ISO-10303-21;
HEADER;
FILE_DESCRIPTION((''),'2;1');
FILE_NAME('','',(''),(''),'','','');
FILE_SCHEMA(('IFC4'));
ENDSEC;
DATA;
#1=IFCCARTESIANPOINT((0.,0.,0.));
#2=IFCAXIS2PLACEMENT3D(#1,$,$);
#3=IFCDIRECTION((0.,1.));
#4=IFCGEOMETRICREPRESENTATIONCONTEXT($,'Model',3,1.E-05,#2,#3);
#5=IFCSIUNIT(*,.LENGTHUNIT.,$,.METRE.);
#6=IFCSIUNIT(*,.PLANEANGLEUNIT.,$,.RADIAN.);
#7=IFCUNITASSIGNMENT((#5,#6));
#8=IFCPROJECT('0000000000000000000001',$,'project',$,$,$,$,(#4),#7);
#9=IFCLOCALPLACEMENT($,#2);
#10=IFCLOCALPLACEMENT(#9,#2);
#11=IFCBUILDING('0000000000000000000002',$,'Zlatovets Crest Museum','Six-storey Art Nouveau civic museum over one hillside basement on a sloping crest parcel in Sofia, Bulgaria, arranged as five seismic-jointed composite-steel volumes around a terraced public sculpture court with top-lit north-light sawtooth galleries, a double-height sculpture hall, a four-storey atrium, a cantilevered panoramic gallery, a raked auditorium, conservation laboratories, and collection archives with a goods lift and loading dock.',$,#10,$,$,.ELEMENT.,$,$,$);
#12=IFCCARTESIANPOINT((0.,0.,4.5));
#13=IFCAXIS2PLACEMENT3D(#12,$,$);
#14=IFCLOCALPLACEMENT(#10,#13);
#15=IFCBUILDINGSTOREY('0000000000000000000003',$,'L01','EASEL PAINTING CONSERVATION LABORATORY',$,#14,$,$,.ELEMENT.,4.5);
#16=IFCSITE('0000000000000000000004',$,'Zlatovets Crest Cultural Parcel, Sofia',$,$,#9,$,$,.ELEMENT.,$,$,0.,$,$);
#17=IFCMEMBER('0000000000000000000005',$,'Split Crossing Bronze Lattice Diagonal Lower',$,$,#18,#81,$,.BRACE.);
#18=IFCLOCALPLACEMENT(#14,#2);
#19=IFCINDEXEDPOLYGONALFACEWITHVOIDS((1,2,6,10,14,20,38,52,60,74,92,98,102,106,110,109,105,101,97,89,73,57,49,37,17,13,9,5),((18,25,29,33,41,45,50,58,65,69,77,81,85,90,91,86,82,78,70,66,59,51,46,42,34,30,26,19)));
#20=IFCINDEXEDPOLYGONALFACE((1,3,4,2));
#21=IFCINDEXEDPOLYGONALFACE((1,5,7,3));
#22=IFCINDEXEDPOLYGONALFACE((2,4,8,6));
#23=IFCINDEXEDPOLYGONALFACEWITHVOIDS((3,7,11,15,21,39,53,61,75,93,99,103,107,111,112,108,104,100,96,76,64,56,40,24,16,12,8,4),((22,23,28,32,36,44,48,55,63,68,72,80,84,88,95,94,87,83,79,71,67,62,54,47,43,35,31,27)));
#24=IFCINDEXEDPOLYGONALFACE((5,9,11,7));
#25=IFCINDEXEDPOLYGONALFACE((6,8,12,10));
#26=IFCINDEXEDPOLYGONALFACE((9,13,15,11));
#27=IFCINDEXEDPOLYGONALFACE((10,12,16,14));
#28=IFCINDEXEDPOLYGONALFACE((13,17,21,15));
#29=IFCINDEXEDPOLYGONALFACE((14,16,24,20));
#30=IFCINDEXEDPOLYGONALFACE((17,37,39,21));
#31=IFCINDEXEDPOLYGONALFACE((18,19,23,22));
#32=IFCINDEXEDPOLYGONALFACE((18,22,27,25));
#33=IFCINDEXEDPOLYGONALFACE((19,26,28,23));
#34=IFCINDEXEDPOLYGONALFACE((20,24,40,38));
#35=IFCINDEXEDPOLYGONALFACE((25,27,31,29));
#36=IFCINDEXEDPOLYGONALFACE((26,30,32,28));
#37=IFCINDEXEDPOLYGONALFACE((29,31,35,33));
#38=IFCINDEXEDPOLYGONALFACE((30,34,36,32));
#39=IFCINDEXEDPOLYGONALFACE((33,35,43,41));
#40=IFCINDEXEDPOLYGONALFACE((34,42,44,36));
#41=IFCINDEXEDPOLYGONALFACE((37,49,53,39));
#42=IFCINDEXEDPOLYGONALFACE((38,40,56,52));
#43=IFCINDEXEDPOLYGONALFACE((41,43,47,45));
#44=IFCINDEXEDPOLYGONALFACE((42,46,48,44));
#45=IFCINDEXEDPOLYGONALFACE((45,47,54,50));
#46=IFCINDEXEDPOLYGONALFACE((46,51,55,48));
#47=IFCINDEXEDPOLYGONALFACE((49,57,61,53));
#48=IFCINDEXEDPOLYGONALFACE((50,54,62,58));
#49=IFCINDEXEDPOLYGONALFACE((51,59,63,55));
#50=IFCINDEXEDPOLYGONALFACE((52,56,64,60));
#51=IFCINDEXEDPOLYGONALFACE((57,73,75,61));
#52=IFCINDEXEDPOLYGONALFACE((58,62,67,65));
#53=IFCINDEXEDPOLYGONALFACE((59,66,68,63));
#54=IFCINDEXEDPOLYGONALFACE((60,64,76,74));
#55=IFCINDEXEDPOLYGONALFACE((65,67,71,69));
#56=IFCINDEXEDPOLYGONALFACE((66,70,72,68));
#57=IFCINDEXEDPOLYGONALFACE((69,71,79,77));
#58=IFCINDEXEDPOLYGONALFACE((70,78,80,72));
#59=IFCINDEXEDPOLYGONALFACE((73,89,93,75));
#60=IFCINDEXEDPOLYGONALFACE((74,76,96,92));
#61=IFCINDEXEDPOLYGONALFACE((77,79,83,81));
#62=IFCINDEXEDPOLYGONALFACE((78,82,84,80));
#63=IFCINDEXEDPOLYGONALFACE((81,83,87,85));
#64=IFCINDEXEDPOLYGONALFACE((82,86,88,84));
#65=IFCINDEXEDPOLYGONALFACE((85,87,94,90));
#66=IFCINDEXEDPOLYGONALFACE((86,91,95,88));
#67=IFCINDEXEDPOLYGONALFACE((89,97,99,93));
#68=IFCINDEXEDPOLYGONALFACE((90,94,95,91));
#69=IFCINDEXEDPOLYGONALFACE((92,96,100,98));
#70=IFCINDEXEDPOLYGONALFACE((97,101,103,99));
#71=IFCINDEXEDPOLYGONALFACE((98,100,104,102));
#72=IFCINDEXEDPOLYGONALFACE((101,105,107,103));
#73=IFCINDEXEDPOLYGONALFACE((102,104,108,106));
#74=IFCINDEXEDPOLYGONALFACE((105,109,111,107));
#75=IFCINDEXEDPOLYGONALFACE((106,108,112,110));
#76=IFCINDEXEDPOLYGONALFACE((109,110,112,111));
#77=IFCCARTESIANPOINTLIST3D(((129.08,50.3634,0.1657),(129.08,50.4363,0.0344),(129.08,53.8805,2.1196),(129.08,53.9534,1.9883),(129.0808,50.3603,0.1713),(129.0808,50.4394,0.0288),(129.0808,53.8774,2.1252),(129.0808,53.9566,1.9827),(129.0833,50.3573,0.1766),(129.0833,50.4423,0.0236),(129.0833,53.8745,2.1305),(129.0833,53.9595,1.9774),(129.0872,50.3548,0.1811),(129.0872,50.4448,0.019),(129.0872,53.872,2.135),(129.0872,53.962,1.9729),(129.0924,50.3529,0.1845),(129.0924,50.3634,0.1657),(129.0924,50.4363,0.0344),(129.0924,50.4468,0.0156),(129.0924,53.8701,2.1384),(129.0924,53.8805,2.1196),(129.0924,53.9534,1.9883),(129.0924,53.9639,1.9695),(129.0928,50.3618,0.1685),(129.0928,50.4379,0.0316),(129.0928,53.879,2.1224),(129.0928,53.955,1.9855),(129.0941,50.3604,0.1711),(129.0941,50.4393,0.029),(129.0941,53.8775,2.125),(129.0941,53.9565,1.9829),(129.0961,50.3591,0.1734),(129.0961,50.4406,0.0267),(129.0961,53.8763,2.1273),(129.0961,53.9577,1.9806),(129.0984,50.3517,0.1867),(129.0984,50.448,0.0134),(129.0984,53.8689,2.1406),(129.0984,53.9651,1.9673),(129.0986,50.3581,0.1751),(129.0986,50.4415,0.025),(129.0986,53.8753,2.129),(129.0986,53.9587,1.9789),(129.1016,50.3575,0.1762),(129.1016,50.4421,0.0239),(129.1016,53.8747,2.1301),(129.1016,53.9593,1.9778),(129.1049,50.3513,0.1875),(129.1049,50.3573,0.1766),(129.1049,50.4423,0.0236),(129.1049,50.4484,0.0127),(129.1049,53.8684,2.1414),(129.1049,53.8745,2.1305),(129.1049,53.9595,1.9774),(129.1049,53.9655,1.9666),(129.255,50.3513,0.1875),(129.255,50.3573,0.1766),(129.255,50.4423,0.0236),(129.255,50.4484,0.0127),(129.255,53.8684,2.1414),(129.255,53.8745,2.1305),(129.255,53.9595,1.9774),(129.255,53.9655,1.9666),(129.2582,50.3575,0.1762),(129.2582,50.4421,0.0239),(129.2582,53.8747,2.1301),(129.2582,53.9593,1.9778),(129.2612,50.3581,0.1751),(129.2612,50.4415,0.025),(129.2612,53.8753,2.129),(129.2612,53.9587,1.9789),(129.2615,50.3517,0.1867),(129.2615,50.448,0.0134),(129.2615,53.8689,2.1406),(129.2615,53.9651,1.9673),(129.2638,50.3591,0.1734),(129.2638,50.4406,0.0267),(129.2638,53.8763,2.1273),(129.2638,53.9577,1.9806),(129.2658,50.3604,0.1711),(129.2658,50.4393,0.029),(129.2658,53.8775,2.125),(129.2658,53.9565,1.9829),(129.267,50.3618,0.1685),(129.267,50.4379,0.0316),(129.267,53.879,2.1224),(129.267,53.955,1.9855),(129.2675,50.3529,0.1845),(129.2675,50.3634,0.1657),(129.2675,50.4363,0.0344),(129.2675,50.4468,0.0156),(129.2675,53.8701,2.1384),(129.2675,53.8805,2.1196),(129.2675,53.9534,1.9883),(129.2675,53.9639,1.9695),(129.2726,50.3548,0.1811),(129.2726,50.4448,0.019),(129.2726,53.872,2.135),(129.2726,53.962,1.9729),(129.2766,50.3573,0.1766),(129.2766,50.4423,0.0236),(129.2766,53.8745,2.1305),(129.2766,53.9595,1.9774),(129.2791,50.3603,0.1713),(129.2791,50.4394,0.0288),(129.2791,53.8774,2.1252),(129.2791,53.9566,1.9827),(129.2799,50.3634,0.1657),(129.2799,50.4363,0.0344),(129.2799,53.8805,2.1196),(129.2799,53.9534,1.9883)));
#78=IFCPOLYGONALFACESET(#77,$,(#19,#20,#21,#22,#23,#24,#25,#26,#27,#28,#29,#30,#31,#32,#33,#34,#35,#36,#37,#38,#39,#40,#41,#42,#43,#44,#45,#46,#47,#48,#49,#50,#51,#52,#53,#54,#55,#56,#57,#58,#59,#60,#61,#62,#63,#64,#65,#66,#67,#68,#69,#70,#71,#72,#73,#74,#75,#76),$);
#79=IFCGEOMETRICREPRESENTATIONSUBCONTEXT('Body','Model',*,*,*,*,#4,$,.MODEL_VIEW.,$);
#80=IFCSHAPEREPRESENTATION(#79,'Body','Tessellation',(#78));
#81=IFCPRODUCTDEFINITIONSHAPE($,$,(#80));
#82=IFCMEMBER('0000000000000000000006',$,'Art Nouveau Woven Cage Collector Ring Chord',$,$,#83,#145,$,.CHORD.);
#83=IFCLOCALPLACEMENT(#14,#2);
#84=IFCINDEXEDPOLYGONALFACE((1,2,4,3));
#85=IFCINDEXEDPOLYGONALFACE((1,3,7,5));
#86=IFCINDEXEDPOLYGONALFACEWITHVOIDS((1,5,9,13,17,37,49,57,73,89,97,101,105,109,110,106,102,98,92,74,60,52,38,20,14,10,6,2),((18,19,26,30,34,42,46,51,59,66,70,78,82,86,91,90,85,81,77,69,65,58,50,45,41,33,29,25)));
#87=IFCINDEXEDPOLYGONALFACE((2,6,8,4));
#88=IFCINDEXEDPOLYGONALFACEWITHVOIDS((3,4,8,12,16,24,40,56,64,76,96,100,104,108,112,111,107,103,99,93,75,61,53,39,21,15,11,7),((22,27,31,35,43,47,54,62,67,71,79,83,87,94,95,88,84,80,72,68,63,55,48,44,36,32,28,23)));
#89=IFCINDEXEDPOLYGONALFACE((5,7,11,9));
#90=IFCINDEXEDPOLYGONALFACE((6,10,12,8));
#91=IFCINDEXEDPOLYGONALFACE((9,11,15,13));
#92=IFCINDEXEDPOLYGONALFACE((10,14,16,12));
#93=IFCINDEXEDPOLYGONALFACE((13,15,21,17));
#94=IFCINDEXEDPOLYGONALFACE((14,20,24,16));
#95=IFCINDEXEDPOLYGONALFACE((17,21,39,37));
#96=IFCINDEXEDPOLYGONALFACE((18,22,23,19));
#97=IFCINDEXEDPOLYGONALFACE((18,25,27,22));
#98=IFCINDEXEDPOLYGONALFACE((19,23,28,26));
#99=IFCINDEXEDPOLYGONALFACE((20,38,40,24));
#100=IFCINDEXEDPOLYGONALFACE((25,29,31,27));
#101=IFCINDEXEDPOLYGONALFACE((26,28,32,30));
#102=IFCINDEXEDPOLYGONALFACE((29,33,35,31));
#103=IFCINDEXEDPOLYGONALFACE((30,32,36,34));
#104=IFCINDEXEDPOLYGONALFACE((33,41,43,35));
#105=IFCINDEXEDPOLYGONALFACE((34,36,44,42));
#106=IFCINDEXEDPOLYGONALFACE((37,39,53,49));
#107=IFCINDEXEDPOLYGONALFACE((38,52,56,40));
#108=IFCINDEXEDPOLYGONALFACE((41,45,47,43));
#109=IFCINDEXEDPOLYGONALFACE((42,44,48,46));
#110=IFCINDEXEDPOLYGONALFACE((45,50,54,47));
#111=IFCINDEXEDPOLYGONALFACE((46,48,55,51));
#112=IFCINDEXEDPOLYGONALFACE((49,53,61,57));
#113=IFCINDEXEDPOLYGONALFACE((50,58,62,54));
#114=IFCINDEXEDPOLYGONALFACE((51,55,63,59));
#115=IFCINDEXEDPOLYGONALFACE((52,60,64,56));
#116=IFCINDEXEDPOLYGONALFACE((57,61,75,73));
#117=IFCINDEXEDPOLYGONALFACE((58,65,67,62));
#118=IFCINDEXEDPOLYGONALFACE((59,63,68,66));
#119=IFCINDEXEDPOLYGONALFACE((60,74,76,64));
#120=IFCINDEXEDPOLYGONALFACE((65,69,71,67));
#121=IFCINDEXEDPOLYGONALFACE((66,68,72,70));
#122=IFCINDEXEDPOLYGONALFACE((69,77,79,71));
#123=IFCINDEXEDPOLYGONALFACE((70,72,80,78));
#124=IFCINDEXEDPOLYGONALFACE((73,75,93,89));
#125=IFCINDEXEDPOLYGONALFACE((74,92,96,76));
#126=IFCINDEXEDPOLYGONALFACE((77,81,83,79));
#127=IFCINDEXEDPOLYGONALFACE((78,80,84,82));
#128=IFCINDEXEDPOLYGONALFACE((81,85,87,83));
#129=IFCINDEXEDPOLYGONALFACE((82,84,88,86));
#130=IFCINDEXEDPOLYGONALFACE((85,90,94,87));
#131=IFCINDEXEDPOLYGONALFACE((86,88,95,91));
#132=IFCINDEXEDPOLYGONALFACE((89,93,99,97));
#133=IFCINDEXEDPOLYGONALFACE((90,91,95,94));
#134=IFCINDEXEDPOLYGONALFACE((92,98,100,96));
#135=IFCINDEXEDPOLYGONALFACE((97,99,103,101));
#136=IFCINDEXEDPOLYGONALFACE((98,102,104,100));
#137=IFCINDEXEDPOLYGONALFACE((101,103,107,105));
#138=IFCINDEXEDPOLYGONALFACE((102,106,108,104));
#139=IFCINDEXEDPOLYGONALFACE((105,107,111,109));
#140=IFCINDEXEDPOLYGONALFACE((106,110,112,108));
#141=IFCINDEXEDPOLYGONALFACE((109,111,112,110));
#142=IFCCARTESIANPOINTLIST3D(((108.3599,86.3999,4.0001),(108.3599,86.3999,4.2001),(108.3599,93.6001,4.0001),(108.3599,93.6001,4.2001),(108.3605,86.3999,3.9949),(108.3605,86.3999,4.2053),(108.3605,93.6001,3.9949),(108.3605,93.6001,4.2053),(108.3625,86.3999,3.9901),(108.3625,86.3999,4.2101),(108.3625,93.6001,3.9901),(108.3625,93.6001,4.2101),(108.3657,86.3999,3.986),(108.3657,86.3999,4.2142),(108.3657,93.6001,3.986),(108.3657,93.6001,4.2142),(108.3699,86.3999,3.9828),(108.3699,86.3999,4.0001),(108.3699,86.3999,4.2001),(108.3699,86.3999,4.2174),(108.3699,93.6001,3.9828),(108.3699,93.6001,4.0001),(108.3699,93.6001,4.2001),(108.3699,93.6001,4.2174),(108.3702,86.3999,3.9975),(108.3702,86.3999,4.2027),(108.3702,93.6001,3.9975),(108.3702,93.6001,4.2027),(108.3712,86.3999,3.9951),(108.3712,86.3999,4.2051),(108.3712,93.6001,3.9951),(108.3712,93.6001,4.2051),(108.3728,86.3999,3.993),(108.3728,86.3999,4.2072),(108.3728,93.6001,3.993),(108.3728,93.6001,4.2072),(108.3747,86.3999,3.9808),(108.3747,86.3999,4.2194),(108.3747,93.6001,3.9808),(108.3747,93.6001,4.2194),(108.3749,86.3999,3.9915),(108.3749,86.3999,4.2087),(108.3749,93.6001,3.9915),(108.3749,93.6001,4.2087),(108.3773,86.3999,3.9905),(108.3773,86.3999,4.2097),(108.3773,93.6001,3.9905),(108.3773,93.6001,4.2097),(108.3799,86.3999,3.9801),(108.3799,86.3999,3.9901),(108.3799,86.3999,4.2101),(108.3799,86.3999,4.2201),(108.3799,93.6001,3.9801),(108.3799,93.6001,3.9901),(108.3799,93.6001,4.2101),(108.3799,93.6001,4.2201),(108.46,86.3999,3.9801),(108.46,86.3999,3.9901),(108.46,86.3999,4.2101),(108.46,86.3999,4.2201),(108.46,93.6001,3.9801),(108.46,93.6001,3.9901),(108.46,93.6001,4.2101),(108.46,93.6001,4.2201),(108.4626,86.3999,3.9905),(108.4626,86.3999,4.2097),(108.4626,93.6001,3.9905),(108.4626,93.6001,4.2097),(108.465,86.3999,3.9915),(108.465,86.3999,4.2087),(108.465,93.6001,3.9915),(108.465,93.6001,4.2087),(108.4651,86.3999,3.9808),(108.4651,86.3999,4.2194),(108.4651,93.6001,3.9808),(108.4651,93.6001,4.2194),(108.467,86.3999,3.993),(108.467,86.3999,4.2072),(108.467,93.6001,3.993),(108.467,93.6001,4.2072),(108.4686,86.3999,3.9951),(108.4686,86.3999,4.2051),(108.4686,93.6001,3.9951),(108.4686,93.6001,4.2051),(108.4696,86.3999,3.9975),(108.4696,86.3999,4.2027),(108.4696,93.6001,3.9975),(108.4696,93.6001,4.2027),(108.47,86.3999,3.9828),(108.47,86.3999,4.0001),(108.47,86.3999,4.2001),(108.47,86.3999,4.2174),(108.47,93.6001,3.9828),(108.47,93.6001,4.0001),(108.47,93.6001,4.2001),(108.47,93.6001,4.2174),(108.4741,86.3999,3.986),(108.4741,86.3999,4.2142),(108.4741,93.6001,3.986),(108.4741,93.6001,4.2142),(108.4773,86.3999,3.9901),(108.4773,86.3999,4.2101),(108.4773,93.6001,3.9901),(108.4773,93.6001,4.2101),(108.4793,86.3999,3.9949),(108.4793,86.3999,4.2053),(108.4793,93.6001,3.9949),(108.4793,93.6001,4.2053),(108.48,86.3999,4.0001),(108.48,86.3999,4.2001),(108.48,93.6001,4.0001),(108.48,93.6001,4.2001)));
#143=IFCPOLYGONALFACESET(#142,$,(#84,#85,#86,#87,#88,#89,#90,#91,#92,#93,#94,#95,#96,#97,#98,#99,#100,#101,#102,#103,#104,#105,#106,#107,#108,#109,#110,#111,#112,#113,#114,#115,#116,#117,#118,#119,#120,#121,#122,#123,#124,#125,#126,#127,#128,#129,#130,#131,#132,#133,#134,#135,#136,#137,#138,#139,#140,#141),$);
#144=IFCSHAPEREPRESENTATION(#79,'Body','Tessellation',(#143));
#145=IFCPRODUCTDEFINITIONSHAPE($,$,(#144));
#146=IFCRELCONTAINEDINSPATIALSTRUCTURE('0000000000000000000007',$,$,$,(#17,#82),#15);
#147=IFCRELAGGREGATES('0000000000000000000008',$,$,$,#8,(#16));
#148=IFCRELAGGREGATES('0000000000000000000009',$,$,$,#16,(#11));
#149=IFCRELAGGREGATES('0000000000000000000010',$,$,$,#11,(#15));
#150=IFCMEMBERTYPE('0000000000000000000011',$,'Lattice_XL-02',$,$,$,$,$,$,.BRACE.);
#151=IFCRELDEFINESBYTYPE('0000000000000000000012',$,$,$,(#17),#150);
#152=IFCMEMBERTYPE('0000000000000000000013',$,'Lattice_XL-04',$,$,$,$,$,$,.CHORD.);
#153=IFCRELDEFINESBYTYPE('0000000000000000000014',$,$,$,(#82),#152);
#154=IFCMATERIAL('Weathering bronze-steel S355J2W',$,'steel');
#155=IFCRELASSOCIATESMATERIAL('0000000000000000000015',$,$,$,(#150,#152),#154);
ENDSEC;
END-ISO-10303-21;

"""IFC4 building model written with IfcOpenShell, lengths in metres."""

from ifc_helpers import new_model, si_unit, direction, frame, origin, origin_2d, place, context, subcontext, project, spatial, hollow_rectangle, extrude, material, material_profile, profile_set, type_object, element, save


model = new_model("IFC4")

# Units and contexts
model_context = context("Model", 3, precision=1e-05, world=origin(), true_north=direction((0.0, 1.0)))
body_context = subcontext(model_context, "Body", "Model", "MODEL_VIEW")
ifc_project = project(units=[si_unit("LENGTHUNIT", "METRE"), si_unit("PLANEANGLEUNIT", "RADIAN")], contexts=[model_context])

# Site, building, storey
site_placement = place(None, origin())
site = spatial("IfcSite", under=ifc_project, at=site_placement, Name="Zlatovets Crest Cultural Parcel, Sofia", CompositionType="ELEMENT", RefElevation=0.0)
building_placement = place(site_placement, origin())
building = spatial("IfcBuilding", under=site, at=building_placement, Name="Zlatovets Crest Museum", Description="Six-storey Art Nouveau civic museum over one hillside basement on a sloping crest parcel in Sofia, Bulgaria, arranged as five seismic-jointed composite-steel volumes around a terraced public sculpture court with top-lit north-light sawtooth galleries, a double-height sculpture hall, a four-storey atrium, a cantilevered panoramic gallery, a raked auditorium, conservation laboratories, and collection archives with a goods lift and loading dock.", CompositionType="ELEMENT")
storey_placement = place(building_placement, frame((0.0, 0.0, 4.5)))
storey = spatial("IfcBuildingStorey", under=building, at=storey_placement, Name="L01", Description="EASEL PAINTING CONSERVATION LABORATORY", CompositionType="ELEMENT", Elevation=4.5)

# Members
ifc_material_1 = material(Name="Weathering bronze-steel S355J2W", Category="steel")
ifc_material_profile_1 = material_profile(ifc_material_1, hollow_rectangle(XDim=0.2, YDim=0.2, WallThickness=0.0125, InnerFilletRadius=0.0125, OuterFilletRadius=0.0249, at=origin_2d()), Name="SHS 200x200x12.5")
ifc_profile_set_1 = profile_set([ifc_material_profile_1], Name="Weathering bronze-steel S355J2W")
member_type_1 = type_object("IfcMemberType", Name="Lattice_XL-02", PredefinedType="BRACE", material=ifc_profile_set_1)
for number, where, z_axis, x_axis, name in (
    (1, (129.1799, 53.917, 2.054), (0.0, -0.874166, -0.485627), (1.0, 0.0, 0.0), "Split Crossing Bronze Lattice Diagonal Lower"),
):
    element("IfcMember", number, at=place(storey_placement, frame(where, z_axis=z_axis, x_axis=x_axis)), inside=storey, type_object=member_type_1, Name=name, PredefinedType="BRACE", context=body_context, shape_type="SweptSolid", body=[
        extrude(hollow_rectangle(XDim=0.2, YDim=0.2, WallThickness=0.0125, InnerFilletRadius=0.0125, OuterFilletRadius=0.0249, at=origin_2d()), origin(), (0.0, 0.0, 1.0), 4.0234),
    ])
ifc_material_profile_2 = material_profile(ifc_material_1, hollow_rectangle(XDim=0.1201, YDim=0.24, WallThickness=0.01, InnerFilletRadius=0.01, OuterFilletRadius=0.02, at=origin_2d()), Name="RHS 120x240x10.0")
ifc_profile_set_2 = profile_set([ifc_material_profile_2], Name="Weathering bronze-steel S355J2W")
member_type_2 = type_object("IfcMemberType", Name="Lattice_XL-04", PredefinedType="CHORD", material=ifc_profile_set_2)
for number, where, z_axis, x_axis, name in (
    (2, (108.4199, 86.3999, 4.1001), (0.0, 1.0, 0.0), (-1.0, 0.0, 0.0), "Art Nouveau Woven Cage Collector Ring Chord"),
):
    element("IfcMember", number, at=place(storey_placement, frame(where, z_axis=z_axis, x_axis=x_axis)), inside=storey, type_object=member_type_2, Name=name, PredefinedType="CHORD", context=body_context, shape_type="SweptSolid", body=[
        extrude(hollow_rectangle(XDim=0.1201, YDim=0.24, WallThickness=0.01, InnerFilletRadius=0.01, OuterFilletRadius=0.02, at=origin_2d()), origin(), (0.0, 0.0, 1.0), 7.2002),
    ])

save(model, "model.ifc")
